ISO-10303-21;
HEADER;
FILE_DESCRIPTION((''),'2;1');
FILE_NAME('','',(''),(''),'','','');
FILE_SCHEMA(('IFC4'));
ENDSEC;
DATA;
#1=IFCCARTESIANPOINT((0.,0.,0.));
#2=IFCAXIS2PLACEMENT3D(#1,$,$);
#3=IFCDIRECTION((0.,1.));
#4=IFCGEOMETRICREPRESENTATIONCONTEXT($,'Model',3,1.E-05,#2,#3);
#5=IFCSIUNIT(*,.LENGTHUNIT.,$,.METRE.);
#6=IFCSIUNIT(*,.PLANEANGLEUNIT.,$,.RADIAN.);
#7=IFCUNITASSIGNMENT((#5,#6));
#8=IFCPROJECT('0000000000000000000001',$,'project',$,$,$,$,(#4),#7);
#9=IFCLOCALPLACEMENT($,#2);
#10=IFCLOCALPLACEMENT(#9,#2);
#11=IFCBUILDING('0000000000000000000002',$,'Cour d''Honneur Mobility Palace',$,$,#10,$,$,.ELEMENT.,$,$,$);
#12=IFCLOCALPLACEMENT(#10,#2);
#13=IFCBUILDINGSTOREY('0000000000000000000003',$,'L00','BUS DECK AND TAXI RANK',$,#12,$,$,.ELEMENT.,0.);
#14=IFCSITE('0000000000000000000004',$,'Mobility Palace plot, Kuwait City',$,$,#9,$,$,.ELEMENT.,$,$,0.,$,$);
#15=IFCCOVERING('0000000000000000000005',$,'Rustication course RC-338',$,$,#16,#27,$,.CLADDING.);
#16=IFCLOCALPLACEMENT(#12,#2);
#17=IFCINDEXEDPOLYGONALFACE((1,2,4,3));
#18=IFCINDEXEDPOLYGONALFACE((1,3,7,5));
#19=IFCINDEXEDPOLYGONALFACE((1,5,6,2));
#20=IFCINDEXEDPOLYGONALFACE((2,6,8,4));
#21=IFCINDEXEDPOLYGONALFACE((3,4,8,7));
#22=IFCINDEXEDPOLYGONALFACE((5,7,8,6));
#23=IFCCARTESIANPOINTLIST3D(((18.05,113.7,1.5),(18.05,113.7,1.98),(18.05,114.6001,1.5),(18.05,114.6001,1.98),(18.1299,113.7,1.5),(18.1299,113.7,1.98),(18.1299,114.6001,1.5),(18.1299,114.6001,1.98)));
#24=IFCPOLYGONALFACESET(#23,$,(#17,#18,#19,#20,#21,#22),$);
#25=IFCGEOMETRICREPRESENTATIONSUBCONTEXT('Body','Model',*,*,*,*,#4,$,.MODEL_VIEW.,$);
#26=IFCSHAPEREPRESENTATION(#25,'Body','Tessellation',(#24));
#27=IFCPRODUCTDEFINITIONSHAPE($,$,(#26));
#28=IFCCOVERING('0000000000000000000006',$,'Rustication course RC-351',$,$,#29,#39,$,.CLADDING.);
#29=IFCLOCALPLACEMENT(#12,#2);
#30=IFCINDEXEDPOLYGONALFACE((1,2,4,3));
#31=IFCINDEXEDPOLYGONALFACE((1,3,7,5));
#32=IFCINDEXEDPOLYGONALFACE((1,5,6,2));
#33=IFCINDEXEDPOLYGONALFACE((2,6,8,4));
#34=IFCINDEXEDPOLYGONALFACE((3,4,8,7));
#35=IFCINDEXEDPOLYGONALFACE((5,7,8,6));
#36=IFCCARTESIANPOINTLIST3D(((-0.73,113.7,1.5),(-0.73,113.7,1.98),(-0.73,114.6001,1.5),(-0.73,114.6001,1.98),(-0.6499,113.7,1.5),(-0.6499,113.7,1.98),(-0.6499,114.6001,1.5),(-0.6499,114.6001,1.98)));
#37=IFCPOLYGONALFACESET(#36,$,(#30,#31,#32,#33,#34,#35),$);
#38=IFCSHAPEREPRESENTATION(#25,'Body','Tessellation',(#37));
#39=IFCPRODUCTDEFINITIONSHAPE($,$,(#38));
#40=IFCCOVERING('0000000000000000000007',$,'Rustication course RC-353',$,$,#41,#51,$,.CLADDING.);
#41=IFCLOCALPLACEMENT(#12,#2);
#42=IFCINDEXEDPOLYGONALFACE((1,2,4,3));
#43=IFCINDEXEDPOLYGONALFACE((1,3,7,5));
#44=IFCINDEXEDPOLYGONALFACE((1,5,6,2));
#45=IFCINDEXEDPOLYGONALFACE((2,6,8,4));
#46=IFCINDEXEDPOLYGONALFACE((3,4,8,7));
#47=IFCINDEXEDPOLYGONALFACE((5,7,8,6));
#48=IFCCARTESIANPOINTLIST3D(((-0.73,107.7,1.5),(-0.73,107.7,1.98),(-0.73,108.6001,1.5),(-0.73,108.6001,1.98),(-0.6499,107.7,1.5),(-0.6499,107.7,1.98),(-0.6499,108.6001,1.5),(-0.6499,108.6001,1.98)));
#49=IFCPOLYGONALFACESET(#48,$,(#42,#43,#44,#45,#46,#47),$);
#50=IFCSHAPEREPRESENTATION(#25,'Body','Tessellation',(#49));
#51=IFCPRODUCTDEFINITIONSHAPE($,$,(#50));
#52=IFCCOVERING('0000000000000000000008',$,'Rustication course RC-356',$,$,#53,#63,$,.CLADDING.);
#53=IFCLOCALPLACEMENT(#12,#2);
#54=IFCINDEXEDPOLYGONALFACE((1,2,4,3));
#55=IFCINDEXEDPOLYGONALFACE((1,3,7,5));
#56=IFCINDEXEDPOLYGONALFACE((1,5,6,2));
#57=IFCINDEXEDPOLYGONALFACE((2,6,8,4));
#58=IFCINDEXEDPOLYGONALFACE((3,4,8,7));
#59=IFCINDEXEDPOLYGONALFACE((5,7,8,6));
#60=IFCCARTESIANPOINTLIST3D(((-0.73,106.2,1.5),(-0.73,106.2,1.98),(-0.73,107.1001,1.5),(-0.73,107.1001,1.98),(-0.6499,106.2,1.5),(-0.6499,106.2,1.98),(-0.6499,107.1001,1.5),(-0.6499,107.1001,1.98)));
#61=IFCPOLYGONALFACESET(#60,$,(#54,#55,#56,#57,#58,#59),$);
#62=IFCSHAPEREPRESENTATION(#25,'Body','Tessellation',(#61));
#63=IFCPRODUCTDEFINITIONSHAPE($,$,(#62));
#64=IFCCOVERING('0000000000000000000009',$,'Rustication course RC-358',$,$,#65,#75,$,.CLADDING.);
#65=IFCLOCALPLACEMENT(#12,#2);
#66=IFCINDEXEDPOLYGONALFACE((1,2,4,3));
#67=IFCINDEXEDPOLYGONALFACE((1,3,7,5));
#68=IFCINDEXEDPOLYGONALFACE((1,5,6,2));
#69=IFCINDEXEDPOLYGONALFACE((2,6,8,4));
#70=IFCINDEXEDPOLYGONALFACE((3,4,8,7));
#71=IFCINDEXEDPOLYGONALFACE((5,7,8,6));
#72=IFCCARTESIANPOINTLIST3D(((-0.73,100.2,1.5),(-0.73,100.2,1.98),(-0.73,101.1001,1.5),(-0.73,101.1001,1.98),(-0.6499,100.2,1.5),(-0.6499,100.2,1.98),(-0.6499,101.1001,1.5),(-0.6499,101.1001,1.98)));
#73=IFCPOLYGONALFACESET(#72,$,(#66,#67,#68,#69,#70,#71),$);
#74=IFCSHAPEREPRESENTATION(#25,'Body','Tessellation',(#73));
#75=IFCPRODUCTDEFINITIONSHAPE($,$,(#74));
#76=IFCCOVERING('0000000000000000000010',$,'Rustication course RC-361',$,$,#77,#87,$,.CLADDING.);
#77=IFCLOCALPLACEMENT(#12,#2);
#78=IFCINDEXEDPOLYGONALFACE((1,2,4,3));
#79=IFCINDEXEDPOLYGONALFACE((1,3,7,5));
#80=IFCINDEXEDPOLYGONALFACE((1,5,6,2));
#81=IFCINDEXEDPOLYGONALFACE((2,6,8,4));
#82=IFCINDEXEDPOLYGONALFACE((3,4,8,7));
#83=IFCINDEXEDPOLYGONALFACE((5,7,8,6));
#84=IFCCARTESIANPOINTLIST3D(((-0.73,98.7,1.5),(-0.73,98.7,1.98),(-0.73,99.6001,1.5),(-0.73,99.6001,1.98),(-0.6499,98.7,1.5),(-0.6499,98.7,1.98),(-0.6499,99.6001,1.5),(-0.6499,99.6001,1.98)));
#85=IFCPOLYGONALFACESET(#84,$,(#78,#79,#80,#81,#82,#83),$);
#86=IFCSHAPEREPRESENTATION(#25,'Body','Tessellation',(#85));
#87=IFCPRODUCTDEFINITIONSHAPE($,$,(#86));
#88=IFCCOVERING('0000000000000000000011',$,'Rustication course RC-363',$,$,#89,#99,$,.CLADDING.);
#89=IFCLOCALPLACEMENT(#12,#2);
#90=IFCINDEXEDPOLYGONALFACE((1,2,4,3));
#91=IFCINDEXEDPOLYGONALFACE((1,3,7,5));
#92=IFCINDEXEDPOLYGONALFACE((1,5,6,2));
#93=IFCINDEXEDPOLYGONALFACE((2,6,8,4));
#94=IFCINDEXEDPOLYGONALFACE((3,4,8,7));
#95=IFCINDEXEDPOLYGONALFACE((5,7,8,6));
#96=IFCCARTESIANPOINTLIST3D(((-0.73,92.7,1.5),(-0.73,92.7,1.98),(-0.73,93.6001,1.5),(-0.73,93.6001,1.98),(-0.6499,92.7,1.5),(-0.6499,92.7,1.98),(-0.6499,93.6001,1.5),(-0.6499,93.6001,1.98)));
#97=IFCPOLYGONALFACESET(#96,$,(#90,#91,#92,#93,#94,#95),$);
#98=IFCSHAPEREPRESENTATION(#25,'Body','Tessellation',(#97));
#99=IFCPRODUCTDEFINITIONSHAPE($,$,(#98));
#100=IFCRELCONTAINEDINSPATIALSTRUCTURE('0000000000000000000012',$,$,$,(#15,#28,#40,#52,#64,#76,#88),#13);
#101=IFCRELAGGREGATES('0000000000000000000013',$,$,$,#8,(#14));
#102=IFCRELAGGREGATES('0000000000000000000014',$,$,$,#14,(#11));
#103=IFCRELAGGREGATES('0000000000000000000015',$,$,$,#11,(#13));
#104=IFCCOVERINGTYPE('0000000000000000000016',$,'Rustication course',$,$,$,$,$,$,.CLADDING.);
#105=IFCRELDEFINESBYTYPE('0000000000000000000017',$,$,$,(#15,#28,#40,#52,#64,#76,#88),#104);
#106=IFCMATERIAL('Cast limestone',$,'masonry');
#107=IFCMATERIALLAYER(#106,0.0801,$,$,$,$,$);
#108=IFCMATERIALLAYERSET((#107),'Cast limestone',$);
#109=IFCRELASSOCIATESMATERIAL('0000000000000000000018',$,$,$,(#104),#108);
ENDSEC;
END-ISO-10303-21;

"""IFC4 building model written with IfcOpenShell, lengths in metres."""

from ifc_helpers import new_model, si_unit, direction, frame, origin, place, context, subcontext, project, spatial, polyline, outline, extrude, material, layer, layer_set, type_object, element, save


model = new_model("IFC4")

# Units and contexts
model_context = context("Model", 3, precision=1e-05, world=origin(), true_north=direction((0.0, 1.0)))
body_context = subcontext(model_context, "Body", "Model", "MODEL_VIEW")
ifc_project = project(units=[si_unit("LENGTHUNIT", "METRE"), si_unit("PLANEANGLEUNIT", "RADIAN")], contexts=[model_context])

# Site, building, storey
site_placement = place(None, origin())
site = spatial("IfcSite", under=ifc_project, at=site_placement, Name="Mobility Palace plot, Kuwait City", CompositionType="ELEMENT", RefElevation=0.0)
building_placement = place(site_placement, origin())
building = spatial("IfcBuilding", under=site, at=building_placement, Name="Cour d'Honneur Mobility Palace", CompositionType="ELEMENT")
storey_placement = place(building_placement, origin())
storey = spatial("IfcBuildingStorey", under=building, at=storey_placement, Name="L00", Description="BUS DECK AND TAXI RANK", CompositionType="ELEMENT", Elevation=0.0)

# Coverings
ifc_material = material(Name="Cast limestone", Category="masonry")
ifc_layer = layer(ifc_material, 0.0801)
ifc_layer_set = layer_set([ifc_layer], Name="Cast limestone")
covering_type = type_object("IfcCoveringType", Name="Rustication course", PredefinedType="CLADDING", material=ifc_layer_set)
covering_1_placement = place(storey_placement, frame((0.0, 0.0, 1.5)))
element("IfcCovering", 1, at=covering_1_placement, inside=storey, type_object=covering_type, Name="Rustication course RC-338", PredefinedType="CLADDING", context=body_context, shape_type="SweptSolid", body=[
    extrude(outline(polyline([(18.05, 113.7), (18.05, 114.6001), (18.1299, 114.6001), (18.1299, 113.7), (18.05, 113.7)])), origin(), (0.0, 0.0, 1.0), 0.48),
])
covering_2_placement = place(storey_placement, frame((0.0, 0.0, 1.5)))
element("IfcCovering", 2, at=covering_2_placement, inside=storey, type_object=covering_type, Name="Rustication course RC-351", PredefinedType="CLADDING", context=body_context, shape_type="SweptSolid", body=[
    extrude(outline(polyline([(-0.6499, 114.6001), (-0.6499, 113.7), (-0.73, 113.7), (-0.73, 114.6001), (-0.6499, 114.6001)])), origin(), (0.0, 0.0, 1.0), 0.48),
])
covering_3_placement = place(storey_placement, frame((0.0, 0.0, 1.5)))
element("IfcCovering", 3, at=covering_3_placement, inside=storey, type_object=covering_type, Name="Rustication course RC-353", PredefinedType="CLADDING", context=body_context, shape_type="SweptSolid", body=[
    extrude(outline(polyline([(-0.6499, 108.6001), (-0.6499, 107.7), (-0.73, 107.7), (-0.73, 108.6001), (-0.6499, 108.6001)])), origin(), (0.0, 0.0, 1.0), 0.48),
])
covering_4_placement = place(storey_placement, frame((0.0, 0.0, 1.5)))
element("IfcCovering", 4, at=covering_4_placement, inside=storey, type_object=covering_type, Name="Rustication course RC-356", PredefinedType="CLADDING", context=body_context, shape_type="SweptSolid", body=[
    extrude(outline(polyline([(-0.6499, 107.1001), (-0.6499, 106.2), (-0.73, 106.2), (-0.73, 107.1001), (-0.6499, 107.1001)])), origin(), (0.0, 0.0, 1.0), 0.48),
])
covering_5_placement = place(storey_placement, frame((0.0, 0.0, 1.5)))
element("IfcCovering", 5, at=covering_5_placement, inside=storey, type_object=covering_type, Name="Rustication course RC-358", PredefinedType="CLADDING", context=body_context, shape_type="SweptSolid", body=[
    extrude(outline(polyline([(-0.6499, 101.1001), (-0.6499, 100.2), (-0.73, 100.2), (-0.73, 101.1001), (-0.6499, 101.1001)])), origin(), (0.0, 0.0, 1.0), 0.48),
])
covering_6_placement = place(storey_placement, frame((0.0, 0.0, 1.5)))
element("IfcCovering", 6, at=covering_6_placement, inside=storey, type_object=covering_type, Name="Rustication course RC-361", PredefinedType="CLADDING", context=body_context, shape_type="SweptSolid", body=[
    extrude(outline(polyline([(-0.6499, 99.6001), (-0.6499, 98.7), (-0.73, 98.7), (-0.73, 99.6001), (-0.6499, 99.6001)])), origin(), (0.0, 0.0, 1.0), 0.48),
])
covering_7_placement = place(storey_placement, frame((0.0, 0.0, 1.5)))
element("IfcCovering", 7, at=covering_7_placement, inside=storey, type_object=covering_type, Name="Rustication course RC-363", PredefinedType="CLADDING", context=body_context, shape_type="SweptSolid", body=[
    extrude(outline(polyline([(-0.6499, 93.6001), (-0.6499, 92.7), (-0.73, 92.7), (-0.73, 93.6001), (-0.6499, 93.6001)])), origin(), (0.0, 0.0, 1.0), 0.48),
])

save(model, "model.ifc")
